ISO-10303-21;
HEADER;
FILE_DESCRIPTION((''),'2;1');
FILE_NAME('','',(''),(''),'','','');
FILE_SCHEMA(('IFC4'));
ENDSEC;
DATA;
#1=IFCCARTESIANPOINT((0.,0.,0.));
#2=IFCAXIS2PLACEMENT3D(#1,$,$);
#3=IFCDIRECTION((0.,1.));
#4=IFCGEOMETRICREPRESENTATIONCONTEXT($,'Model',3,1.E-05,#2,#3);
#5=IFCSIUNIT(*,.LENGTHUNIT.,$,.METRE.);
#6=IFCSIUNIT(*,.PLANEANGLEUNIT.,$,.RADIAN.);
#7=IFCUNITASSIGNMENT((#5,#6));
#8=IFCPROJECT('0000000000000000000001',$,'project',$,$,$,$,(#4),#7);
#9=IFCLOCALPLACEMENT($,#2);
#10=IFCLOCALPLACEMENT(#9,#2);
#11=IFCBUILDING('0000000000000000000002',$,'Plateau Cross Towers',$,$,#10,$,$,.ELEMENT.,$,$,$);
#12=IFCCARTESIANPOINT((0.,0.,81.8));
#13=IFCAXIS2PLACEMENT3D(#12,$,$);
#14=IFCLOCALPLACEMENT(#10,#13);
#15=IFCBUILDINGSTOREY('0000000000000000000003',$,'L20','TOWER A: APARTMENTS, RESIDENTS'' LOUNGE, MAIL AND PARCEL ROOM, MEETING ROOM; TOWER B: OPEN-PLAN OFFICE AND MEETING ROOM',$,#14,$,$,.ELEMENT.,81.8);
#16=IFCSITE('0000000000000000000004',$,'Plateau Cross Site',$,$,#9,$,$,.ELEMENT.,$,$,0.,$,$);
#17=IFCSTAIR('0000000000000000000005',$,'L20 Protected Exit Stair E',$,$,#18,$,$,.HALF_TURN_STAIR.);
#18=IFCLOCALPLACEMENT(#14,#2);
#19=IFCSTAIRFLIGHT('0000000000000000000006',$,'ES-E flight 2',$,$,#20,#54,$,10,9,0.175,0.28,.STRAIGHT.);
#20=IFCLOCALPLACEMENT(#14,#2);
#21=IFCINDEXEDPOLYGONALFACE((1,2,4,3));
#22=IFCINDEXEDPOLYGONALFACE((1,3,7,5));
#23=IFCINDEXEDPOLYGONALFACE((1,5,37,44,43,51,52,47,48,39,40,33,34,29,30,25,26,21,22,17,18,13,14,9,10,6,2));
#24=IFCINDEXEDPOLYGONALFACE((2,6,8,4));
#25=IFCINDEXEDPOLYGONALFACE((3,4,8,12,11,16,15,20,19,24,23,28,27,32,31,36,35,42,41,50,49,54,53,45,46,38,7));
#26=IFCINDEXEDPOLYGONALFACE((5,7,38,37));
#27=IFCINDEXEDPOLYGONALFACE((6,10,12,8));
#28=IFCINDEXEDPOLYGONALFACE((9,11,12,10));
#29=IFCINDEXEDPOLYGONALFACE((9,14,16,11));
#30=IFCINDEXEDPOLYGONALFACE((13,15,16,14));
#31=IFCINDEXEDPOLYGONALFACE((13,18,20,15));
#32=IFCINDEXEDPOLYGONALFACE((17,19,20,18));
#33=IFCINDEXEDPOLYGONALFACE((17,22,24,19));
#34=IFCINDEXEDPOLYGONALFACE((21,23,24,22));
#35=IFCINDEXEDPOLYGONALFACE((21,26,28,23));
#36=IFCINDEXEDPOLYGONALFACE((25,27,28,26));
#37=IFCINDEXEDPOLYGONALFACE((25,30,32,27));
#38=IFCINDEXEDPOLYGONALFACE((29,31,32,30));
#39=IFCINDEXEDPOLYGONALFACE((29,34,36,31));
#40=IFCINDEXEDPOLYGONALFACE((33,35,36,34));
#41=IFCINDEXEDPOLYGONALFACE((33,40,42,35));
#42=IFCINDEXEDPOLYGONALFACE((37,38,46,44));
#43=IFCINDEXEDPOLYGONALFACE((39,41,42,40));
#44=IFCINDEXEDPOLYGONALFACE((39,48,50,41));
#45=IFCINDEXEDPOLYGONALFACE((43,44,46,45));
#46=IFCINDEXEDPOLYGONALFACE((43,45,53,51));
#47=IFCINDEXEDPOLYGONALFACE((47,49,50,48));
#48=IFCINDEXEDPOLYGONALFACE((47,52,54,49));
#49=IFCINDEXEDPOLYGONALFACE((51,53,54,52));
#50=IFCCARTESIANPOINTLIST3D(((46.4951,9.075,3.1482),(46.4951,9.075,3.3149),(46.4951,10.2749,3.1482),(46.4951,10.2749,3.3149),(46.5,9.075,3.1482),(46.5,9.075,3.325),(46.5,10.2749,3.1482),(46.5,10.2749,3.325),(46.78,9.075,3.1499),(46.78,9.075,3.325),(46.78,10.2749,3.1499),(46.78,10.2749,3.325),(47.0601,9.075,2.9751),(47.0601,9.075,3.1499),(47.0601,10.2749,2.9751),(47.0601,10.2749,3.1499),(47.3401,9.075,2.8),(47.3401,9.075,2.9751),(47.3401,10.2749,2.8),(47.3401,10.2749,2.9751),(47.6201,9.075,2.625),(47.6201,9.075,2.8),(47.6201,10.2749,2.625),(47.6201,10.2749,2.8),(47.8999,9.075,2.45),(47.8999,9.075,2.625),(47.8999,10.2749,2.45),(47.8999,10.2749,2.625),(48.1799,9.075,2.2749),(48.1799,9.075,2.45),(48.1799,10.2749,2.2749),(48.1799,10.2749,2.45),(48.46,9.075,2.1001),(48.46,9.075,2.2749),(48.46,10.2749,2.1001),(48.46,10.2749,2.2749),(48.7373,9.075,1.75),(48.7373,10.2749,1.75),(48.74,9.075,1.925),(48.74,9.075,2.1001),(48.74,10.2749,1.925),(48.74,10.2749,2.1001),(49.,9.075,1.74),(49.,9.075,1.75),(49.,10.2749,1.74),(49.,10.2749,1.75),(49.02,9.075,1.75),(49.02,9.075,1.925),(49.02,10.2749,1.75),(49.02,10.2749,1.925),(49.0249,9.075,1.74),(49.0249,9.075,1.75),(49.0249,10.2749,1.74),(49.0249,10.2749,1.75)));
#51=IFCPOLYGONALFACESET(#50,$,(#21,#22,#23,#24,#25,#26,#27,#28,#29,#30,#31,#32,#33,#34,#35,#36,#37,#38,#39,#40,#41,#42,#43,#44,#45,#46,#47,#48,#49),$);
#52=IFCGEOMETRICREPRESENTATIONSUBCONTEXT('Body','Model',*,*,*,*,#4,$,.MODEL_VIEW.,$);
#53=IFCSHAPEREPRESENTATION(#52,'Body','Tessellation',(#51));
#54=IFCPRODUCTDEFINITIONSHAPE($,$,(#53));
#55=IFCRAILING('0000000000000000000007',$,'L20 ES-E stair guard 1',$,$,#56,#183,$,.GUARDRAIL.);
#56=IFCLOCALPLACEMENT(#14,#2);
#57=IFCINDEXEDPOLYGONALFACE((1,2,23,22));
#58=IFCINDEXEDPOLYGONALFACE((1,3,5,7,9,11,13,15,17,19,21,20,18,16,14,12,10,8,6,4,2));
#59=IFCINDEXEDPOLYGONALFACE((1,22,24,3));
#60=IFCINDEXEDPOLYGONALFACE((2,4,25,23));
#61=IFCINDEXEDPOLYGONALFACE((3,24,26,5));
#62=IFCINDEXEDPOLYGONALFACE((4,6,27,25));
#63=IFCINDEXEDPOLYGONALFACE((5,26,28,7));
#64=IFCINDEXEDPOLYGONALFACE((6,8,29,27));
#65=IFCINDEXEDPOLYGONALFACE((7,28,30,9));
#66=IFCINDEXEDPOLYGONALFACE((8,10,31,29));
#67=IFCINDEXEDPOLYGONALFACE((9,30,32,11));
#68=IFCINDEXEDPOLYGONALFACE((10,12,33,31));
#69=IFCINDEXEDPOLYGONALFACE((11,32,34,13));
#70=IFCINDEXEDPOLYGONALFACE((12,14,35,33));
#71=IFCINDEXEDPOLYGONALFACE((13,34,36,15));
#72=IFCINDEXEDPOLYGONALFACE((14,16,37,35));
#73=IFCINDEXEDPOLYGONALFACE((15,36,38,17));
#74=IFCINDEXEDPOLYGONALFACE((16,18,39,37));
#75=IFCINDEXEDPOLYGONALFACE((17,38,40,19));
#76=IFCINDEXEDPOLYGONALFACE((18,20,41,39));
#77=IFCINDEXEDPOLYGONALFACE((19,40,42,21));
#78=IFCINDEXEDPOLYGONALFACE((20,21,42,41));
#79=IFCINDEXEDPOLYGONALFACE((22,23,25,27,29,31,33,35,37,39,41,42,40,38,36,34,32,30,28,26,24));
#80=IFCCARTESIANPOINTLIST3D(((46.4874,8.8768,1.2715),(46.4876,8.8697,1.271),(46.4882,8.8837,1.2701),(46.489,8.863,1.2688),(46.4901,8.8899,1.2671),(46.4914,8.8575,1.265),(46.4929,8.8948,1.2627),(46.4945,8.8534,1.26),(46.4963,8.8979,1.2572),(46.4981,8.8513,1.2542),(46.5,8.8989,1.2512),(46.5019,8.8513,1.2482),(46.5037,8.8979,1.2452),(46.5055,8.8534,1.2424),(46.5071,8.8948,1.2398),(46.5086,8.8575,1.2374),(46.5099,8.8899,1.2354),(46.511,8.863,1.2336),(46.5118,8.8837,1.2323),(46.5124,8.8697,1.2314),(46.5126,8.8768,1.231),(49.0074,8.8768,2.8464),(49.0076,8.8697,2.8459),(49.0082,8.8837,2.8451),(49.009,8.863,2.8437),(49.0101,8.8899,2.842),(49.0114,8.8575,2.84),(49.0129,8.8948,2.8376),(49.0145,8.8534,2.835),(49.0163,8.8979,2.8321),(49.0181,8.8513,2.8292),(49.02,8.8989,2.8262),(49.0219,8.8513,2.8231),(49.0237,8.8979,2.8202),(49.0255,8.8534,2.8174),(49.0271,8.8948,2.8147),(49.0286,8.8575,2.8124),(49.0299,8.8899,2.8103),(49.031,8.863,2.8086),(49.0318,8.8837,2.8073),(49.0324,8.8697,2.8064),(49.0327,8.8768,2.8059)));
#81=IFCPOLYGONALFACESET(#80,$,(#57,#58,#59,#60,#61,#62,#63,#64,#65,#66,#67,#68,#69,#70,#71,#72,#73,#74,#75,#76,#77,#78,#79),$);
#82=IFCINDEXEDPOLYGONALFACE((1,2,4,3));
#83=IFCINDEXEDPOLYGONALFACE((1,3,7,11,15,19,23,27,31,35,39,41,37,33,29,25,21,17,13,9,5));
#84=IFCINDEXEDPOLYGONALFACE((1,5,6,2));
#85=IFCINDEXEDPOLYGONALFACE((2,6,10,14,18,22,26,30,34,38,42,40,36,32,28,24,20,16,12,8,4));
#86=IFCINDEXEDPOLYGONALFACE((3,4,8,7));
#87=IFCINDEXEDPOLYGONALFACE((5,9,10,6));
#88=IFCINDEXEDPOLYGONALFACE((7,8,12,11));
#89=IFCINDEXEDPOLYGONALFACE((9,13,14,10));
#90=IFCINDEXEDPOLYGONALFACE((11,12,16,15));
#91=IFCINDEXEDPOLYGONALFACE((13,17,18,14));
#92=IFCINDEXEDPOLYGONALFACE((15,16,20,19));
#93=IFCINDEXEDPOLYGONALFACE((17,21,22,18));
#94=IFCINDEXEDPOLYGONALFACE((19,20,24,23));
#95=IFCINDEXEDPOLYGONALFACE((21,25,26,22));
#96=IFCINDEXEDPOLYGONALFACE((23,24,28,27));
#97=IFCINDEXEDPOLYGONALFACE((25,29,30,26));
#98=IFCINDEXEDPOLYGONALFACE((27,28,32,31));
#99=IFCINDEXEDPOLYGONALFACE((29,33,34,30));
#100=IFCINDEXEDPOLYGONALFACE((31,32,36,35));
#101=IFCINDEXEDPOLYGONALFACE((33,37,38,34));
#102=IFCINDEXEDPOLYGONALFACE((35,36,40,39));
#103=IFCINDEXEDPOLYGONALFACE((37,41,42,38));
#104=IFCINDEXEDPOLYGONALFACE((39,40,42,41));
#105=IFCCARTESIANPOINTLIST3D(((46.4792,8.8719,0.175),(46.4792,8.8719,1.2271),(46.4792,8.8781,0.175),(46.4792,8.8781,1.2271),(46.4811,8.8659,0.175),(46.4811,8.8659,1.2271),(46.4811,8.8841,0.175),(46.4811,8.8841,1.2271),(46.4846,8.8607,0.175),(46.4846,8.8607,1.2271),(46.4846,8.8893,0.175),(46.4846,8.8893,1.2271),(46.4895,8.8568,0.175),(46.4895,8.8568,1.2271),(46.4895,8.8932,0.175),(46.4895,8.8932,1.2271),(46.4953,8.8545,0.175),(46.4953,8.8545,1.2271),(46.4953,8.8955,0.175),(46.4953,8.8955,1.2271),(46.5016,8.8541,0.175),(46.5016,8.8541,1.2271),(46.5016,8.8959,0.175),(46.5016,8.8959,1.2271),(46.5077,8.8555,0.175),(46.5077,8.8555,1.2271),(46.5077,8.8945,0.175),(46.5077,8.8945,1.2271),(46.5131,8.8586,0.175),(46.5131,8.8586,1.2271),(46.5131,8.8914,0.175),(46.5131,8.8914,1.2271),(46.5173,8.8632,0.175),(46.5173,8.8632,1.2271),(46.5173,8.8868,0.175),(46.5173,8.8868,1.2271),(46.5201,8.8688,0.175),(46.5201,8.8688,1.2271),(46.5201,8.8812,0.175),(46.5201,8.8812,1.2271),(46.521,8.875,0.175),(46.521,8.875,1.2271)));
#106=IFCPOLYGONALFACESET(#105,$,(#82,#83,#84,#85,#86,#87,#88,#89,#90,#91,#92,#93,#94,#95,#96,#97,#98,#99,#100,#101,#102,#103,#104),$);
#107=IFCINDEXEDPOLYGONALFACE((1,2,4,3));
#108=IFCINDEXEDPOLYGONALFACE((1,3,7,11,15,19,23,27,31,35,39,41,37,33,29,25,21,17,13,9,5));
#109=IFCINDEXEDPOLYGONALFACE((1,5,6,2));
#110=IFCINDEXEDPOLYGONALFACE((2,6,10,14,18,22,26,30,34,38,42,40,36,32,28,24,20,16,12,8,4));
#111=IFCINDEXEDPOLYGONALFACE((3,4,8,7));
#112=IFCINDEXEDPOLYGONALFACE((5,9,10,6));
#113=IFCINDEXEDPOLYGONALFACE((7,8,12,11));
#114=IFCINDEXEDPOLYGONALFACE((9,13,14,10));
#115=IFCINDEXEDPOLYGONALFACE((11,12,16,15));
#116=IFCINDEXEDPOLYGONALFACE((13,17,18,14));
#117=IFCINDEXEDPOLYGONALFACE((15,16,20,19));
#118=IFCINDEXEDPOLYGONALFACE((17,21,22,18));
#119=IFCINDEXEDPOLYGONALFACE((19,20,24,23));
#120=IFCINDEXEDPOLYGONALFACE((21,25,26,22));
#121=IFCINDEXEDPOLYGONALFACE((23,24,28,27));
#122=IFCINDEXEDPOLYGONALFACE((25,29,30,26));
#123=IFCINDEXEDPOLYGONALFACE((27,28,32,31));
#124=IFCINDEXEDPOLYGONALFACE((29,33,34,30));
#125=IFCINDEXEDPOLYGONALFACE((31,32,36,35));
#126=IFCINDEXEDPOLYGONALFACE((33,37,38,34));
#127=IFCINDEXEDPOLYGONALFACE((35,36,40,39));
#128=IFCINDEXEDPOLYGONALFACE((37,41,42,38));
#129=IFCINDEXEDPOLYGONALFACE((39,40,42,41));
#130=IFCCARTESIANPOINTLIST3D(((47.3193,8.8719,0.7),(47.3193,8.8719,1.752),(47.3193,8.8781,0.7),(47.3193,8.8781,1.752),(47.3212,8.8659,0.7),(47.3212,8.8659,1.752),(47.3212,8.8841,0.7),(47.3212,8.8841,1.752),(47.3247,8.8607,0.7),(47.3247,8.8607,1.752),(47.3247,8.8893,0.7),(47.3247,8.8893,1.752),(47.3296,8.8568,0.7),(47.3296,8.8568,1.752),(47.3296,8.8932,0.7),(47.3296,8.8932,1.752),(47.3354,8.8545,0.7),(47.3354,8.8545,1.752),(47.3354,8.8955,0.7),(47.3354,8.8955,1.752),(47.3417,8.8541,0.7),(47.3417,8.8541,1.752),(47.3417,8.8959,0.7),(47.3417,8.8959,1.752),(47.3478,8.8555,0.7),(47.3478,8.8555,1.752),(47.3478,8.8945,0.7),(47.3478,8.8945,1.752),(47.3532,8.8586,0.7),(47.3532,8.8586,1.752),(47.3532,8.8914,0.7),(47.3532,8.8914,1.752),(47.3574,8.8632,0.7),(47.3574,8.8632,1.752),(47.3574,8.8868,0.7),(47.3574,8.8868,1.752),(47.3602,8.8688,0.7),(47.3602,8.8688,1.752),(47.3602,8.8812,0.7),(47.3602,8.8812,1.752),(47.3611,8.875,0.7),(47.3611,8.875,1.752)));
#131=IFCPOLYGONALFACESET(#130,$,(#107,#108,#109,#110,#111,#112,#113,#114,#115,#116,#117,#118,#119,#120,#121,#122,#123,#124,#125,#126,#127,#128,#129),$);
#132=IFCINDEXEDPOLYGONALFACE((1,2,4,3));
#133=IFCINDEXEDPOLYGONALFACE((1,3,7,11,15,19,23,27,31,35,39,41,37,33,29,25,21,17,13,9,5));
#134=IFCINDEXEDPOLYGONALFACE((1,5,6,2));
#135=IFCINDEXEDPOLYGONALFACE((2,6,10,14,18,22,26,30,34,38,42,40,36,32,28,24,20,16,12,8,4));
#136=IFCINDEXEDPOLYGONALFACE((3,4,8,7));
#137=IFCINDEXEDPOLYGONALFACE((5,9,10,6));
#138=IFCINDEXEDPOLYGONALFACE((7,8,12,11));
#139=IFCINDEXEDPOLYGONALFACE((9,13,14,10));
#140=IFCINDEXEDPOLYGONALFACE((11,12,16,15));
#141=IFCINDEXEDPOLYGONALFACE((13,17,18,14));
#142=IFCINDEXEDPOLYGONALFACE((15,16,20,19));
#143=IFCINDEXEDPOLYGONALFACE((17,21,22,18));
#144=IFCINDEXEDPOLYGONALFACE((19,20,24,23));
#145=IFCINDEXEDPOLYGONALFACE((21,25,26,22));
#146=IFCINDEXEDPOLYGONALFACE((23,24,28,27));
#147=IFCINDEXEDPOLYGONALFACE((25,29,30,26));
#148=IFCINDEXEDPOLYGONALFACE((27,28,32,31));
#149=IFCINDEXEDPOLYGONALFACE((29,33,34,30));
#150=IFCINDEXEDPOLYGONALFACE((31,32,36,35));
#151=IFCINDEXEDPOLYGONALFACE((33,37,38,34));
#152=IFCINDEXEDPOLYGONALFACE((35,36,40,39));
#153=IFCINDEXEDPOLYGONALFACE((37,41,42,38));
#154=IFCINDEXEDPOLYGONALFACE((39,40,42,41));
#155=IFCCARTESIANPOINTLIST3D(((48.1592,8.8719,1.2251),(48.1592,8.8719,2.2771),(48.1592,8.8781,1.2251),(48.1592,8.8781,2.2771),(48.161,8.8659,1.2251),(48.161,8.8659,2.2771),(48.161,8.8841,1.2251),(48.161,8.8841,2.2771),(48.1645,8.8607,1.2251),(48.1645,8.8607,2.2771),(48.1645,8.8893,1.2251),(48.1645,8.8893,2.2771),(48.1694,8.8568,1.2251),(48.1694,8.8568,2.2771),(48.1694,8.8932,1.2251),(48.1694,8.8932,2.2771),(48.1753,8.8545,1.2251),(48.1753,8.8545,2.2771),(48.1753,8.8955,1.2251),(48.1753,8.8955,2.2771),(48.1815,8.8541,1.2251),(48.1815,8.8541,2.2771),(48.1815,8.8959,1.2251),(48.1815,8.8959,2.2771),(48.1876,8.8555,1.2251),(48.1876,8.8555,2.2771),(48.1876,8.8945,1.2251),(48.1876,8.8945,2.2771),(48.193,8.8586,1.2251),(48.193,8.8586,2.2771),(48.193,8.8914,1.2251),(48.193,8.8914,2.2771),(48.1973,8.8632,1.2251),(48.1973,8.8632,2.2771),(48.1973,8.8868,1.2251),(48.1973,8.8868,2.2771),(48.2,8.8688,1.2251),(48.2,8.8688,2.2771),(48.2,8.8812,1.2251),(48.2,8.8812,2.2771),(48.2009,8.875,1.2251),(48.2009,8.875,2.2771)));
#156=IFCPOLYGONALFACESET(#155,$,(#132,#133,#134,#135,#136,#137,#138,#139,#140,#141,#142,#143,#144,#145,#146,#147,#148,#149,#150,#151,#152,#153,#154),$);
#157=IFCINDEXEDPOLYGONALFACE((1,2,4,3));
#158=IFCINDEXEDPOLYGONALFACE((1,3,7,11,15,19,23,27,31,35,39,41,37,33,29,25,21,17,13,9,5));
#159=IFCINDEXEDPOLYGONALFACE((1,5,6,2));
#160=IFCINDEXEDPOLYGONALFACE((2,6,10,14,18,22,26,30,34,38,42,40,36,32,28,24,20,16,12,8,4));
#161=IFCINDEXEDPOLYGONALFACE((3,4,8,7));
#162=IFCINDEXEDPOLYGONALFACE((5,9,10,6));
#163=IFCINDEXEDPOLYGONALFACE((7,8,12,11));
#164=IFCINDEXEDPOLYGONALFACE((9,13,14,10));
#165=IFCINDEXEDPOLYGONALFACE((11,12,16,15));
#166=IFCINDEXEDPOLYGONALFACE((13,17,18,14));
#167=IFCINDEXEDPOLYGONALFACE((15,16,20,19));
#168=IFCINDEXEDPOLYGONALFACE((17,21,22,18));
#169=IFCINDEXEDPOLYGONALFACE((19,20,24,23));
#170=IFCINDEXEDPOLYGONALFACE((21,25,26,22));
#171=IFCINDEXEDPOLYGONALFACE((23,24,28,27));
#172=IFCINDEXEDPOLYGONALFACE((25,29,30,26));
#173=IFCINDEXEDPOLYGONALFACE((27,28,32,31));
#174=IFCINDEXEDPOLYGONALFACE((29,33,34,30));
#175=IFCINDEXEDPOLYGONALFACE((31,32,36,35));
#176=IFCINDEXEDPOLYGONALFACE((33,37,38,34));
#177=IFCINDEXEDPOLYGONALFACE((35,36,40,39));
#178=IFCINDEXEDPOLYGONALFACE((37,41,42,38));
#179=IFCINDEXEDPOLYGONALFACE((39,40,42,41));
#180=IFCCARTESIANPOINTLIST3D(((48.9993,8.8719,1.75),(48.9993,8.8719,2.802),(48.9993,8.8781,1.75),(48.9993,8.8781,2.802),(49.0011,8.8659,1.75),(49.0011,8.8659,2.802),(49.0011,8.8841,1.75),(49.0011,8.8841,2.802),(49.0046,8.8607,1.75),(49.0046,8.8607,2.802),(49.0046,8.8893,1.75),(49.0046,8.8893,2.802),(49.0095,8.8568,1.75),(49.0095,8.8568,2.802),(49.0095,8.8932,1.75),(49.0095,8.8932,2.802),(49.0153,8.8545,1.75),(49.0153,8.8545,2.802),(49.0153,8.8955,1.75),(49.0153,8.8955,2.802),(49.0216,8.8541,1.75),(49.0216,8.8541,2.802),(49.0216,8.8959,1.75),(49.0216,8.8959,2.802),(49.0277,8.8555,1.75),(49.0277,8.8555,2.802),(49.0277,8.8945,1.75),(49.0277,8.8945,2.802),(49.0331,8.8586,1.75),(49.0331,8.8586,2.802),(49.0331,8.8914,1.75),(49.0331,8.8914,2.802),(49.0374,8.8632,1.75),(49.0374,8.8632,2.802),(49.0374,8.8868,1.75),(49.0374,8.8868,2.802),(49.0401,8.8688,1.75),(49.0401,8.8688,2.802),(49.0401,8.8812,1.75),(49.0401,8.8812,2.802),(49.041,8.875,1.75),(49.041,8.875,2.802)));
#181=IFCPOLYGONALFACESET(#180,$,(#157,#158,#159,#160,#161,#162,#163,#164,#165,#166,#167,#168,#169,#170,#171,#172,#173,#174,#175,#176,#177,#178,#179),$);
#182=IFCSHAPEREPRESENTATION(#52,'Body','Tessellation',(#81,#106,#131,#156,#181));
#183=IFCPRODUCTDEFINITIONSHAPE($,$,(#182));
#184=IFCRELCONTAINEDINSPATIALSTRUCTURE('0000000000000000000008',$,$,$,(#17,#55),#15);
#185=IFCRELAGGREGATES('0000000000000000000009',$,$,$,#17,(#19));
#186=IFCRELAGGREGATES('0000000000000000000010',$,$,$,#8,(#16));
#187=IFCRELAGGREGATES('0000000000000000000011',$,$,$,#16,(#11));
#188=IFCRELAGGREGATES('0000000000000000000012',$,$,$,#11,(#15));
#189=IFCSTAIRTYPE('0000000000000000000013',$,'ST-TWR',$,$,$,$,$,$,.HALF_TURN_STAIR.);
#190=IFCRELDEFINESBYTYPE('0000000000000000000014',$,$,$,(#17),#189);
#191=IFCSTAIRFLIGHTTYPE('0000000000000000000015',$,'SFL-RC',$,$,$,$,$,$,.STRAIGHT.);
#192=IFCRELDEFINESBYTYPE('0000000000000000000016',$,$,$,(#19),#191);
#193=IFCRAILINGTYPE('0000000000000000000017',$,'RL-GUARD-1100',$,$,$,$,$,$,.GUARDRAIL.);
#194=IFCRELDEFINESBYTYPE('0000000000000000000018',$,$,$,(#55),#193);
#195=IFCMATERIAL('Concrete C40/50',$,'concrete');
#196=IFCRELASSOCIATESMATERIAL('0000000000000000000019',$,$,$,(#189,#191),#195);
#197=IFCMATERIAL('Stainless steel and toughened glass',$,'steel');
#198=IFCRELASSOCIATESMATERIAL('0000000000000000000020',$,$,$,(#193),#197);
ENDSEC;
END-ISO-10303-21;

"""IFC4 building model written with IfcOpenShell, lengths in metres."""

from ifc_helpers import new_model, si_unit, direction, frame, origin, origin_2d, place, context, subcontext, project, spatial, polyline, circle, outline, extrude, material, type_object, element, aggregate, save


model = new_model("IFC4")

# Units and contexts
model_context = context("Model", 3, precision=1e-05, world=origin(), true_north=direction((0.0, 1.0)))
body_context = subcontext(model_context, "Body", "Model", "MODEL_VIEW")
ifc_project = project(units=[si_unit("LENGTHUNIT", "METRE"), si_unit("PLANEANGLEUNIT", "RADIAN")], contexts=[model_context])

# Site, building, storey
site_placement = place(None, origin())
site = spatial("IfcSite", under=ifc_project, at=site_placement, Name="Plateau Cross Site", CompositionType="ELEMENT", RefElevation=0.0)
building_placement = place(site_placement, origin())
building = spatial("IfcBuilding", under=site, at=building_placement, Name="Plateau Cross Towers", CompositionType="ELEMENT")
storey_placement = place(building_placement, frame((0.0, 0.0, 81.8)))
storey = spatial("IfcBuildingStorey", under=building, at=storey_placement, Name="L20", Description="TOWER A: APARTMENTS, RESIDENTS' LOUNGE, MAIL AND PARCEL ROOM, MEETING ROOM; TOWER B: OPEN-PLAN OFFICE AND MEETING ROOM", CompositionType="ELEMENT", Elevation=81.8)

# Stair, stair flight
ifc_material_1 = material(Name="Concrete C40/50", Category="concrete")
stair_type = type_object("IfcStairType", Name="ST-TWR", PredefinedType="HALF_TURN_STAIR", material=ifc_material_1)
stair_placement = place(storey_placement, origin())
stair = element("IfcStair", 1, at=stair_placement, inside=storey, type_object=stair_type, Name="L20 Protected Exit Stair E", PredefinedType="HALF_TURN_STAIR")
stair_flight_type = type_object("IfcStairFlightType", Name="SFL-RC", PredefinedType="STRAIGHT", material=ifc_material_1)
stair_flight_placement = place(storey_placement, frame((49.02, 9.675, 1.75), z_axis=(0.0, 0.0, 1.0), x_axis=(-1.0, 0.0, 0.0)))
stair_flight = element("IfcStairFlight", 2, at=stair_flight_placement, type_object=stair_flight_type, Name="ES-E flight 2", NumberOfRisers=10, NumberOfTreads=9, PredefinedType="STRAIGHT", RiserHeight=0.175, TreadLength=0.28, context=body_context, shape_type="SweptSolid", body=[
    extrude(outline(polyline([(-0.0049, -0.01), (-0.0049, 0.0), (0.0, 0.0), (0.0, 0.175), (0.28, 0.175), (0.28, 0.3501), (0.5601, 0.3501), (0.5601, 0.5249), (0.8401, 0.5249), (0.8401, 0.7), (1.1201, 0.7), (1.1201, 0.875), (1.3999, 0.875), (1.3999, 1.05), (1.6799, 1.05), (1.6799, 1.2251), (1.96, 1.2251), (1.96, 1.3999), (2.24, 1.3999), (2.24, 1.575), (2.52, 1.575), (2.5249, 1.5649), (2.5249, 1.3982), (2.52, 1.3982), (0.2827, 0.0), (0.02, 0.0), (0.02, -0.01), (-0.0049, -0.01)])), frame((0.0, 0.6001, 0.0), z_axis=(0.0, -1.0, 0.0), x_axis=(1.0, 0.0, 0.0)), (0.0, 0.0, 1.0), 1.2),
])
aggregate(stair, [stair_flight])

# Railing
ifc_material_2 = material(Name="Stainless steel and toughened glass", Category="steel")
railing_type_1 = type_object("IfcRailingType", Name="RL-GUARD-1100", PredefinedType="GUARDRAIL", material=ifc_material_2)
railing_1_placement = place(storey_placement, frame((46.5, 8.875, 0.175)))
element("IfcRailing", 3, at=railing_1_placement, inside=storey, type_object=railing_type_1, Name="L20 ES-E stair guard 1", PredefinedType="GUARDRAIL", context=body_context, shape_type="SweptSolid", body=[
    extrude(circle(Radius=0.0239, at=origin_2d()), frame((0.0, 0.0, 1.0762), z_axis=(0.848008, 0.0, 0.529984), x_axis=(0.0, 1.0, 0.0)), (0.0, 0.0, 1.0), 2.9717),
    extrude(circle(Radius=0.021, at=origin_2d()), origin(), (0.0, 0.0, 1.0), 1.052),
    extrude(circle(Radius=0.021, at=origin_2d()), frame((0.8401, 0.0, 0.5249)), (0.0, 0.0, 1.0), 1.052),
    extrude(circle(Radius=0.021, at=origin_2d()), frame((1.6799, 0.0, 1.05)), (0.0, 0.0, 1.0), 1.052),
    extrude(circle(Radius=0.021, at=origin_2d()), frame((2.52, 0.0, 1.575)), (0.0, 0.0, 1.0), 1.052),
])

save(model, "model.ifc")
